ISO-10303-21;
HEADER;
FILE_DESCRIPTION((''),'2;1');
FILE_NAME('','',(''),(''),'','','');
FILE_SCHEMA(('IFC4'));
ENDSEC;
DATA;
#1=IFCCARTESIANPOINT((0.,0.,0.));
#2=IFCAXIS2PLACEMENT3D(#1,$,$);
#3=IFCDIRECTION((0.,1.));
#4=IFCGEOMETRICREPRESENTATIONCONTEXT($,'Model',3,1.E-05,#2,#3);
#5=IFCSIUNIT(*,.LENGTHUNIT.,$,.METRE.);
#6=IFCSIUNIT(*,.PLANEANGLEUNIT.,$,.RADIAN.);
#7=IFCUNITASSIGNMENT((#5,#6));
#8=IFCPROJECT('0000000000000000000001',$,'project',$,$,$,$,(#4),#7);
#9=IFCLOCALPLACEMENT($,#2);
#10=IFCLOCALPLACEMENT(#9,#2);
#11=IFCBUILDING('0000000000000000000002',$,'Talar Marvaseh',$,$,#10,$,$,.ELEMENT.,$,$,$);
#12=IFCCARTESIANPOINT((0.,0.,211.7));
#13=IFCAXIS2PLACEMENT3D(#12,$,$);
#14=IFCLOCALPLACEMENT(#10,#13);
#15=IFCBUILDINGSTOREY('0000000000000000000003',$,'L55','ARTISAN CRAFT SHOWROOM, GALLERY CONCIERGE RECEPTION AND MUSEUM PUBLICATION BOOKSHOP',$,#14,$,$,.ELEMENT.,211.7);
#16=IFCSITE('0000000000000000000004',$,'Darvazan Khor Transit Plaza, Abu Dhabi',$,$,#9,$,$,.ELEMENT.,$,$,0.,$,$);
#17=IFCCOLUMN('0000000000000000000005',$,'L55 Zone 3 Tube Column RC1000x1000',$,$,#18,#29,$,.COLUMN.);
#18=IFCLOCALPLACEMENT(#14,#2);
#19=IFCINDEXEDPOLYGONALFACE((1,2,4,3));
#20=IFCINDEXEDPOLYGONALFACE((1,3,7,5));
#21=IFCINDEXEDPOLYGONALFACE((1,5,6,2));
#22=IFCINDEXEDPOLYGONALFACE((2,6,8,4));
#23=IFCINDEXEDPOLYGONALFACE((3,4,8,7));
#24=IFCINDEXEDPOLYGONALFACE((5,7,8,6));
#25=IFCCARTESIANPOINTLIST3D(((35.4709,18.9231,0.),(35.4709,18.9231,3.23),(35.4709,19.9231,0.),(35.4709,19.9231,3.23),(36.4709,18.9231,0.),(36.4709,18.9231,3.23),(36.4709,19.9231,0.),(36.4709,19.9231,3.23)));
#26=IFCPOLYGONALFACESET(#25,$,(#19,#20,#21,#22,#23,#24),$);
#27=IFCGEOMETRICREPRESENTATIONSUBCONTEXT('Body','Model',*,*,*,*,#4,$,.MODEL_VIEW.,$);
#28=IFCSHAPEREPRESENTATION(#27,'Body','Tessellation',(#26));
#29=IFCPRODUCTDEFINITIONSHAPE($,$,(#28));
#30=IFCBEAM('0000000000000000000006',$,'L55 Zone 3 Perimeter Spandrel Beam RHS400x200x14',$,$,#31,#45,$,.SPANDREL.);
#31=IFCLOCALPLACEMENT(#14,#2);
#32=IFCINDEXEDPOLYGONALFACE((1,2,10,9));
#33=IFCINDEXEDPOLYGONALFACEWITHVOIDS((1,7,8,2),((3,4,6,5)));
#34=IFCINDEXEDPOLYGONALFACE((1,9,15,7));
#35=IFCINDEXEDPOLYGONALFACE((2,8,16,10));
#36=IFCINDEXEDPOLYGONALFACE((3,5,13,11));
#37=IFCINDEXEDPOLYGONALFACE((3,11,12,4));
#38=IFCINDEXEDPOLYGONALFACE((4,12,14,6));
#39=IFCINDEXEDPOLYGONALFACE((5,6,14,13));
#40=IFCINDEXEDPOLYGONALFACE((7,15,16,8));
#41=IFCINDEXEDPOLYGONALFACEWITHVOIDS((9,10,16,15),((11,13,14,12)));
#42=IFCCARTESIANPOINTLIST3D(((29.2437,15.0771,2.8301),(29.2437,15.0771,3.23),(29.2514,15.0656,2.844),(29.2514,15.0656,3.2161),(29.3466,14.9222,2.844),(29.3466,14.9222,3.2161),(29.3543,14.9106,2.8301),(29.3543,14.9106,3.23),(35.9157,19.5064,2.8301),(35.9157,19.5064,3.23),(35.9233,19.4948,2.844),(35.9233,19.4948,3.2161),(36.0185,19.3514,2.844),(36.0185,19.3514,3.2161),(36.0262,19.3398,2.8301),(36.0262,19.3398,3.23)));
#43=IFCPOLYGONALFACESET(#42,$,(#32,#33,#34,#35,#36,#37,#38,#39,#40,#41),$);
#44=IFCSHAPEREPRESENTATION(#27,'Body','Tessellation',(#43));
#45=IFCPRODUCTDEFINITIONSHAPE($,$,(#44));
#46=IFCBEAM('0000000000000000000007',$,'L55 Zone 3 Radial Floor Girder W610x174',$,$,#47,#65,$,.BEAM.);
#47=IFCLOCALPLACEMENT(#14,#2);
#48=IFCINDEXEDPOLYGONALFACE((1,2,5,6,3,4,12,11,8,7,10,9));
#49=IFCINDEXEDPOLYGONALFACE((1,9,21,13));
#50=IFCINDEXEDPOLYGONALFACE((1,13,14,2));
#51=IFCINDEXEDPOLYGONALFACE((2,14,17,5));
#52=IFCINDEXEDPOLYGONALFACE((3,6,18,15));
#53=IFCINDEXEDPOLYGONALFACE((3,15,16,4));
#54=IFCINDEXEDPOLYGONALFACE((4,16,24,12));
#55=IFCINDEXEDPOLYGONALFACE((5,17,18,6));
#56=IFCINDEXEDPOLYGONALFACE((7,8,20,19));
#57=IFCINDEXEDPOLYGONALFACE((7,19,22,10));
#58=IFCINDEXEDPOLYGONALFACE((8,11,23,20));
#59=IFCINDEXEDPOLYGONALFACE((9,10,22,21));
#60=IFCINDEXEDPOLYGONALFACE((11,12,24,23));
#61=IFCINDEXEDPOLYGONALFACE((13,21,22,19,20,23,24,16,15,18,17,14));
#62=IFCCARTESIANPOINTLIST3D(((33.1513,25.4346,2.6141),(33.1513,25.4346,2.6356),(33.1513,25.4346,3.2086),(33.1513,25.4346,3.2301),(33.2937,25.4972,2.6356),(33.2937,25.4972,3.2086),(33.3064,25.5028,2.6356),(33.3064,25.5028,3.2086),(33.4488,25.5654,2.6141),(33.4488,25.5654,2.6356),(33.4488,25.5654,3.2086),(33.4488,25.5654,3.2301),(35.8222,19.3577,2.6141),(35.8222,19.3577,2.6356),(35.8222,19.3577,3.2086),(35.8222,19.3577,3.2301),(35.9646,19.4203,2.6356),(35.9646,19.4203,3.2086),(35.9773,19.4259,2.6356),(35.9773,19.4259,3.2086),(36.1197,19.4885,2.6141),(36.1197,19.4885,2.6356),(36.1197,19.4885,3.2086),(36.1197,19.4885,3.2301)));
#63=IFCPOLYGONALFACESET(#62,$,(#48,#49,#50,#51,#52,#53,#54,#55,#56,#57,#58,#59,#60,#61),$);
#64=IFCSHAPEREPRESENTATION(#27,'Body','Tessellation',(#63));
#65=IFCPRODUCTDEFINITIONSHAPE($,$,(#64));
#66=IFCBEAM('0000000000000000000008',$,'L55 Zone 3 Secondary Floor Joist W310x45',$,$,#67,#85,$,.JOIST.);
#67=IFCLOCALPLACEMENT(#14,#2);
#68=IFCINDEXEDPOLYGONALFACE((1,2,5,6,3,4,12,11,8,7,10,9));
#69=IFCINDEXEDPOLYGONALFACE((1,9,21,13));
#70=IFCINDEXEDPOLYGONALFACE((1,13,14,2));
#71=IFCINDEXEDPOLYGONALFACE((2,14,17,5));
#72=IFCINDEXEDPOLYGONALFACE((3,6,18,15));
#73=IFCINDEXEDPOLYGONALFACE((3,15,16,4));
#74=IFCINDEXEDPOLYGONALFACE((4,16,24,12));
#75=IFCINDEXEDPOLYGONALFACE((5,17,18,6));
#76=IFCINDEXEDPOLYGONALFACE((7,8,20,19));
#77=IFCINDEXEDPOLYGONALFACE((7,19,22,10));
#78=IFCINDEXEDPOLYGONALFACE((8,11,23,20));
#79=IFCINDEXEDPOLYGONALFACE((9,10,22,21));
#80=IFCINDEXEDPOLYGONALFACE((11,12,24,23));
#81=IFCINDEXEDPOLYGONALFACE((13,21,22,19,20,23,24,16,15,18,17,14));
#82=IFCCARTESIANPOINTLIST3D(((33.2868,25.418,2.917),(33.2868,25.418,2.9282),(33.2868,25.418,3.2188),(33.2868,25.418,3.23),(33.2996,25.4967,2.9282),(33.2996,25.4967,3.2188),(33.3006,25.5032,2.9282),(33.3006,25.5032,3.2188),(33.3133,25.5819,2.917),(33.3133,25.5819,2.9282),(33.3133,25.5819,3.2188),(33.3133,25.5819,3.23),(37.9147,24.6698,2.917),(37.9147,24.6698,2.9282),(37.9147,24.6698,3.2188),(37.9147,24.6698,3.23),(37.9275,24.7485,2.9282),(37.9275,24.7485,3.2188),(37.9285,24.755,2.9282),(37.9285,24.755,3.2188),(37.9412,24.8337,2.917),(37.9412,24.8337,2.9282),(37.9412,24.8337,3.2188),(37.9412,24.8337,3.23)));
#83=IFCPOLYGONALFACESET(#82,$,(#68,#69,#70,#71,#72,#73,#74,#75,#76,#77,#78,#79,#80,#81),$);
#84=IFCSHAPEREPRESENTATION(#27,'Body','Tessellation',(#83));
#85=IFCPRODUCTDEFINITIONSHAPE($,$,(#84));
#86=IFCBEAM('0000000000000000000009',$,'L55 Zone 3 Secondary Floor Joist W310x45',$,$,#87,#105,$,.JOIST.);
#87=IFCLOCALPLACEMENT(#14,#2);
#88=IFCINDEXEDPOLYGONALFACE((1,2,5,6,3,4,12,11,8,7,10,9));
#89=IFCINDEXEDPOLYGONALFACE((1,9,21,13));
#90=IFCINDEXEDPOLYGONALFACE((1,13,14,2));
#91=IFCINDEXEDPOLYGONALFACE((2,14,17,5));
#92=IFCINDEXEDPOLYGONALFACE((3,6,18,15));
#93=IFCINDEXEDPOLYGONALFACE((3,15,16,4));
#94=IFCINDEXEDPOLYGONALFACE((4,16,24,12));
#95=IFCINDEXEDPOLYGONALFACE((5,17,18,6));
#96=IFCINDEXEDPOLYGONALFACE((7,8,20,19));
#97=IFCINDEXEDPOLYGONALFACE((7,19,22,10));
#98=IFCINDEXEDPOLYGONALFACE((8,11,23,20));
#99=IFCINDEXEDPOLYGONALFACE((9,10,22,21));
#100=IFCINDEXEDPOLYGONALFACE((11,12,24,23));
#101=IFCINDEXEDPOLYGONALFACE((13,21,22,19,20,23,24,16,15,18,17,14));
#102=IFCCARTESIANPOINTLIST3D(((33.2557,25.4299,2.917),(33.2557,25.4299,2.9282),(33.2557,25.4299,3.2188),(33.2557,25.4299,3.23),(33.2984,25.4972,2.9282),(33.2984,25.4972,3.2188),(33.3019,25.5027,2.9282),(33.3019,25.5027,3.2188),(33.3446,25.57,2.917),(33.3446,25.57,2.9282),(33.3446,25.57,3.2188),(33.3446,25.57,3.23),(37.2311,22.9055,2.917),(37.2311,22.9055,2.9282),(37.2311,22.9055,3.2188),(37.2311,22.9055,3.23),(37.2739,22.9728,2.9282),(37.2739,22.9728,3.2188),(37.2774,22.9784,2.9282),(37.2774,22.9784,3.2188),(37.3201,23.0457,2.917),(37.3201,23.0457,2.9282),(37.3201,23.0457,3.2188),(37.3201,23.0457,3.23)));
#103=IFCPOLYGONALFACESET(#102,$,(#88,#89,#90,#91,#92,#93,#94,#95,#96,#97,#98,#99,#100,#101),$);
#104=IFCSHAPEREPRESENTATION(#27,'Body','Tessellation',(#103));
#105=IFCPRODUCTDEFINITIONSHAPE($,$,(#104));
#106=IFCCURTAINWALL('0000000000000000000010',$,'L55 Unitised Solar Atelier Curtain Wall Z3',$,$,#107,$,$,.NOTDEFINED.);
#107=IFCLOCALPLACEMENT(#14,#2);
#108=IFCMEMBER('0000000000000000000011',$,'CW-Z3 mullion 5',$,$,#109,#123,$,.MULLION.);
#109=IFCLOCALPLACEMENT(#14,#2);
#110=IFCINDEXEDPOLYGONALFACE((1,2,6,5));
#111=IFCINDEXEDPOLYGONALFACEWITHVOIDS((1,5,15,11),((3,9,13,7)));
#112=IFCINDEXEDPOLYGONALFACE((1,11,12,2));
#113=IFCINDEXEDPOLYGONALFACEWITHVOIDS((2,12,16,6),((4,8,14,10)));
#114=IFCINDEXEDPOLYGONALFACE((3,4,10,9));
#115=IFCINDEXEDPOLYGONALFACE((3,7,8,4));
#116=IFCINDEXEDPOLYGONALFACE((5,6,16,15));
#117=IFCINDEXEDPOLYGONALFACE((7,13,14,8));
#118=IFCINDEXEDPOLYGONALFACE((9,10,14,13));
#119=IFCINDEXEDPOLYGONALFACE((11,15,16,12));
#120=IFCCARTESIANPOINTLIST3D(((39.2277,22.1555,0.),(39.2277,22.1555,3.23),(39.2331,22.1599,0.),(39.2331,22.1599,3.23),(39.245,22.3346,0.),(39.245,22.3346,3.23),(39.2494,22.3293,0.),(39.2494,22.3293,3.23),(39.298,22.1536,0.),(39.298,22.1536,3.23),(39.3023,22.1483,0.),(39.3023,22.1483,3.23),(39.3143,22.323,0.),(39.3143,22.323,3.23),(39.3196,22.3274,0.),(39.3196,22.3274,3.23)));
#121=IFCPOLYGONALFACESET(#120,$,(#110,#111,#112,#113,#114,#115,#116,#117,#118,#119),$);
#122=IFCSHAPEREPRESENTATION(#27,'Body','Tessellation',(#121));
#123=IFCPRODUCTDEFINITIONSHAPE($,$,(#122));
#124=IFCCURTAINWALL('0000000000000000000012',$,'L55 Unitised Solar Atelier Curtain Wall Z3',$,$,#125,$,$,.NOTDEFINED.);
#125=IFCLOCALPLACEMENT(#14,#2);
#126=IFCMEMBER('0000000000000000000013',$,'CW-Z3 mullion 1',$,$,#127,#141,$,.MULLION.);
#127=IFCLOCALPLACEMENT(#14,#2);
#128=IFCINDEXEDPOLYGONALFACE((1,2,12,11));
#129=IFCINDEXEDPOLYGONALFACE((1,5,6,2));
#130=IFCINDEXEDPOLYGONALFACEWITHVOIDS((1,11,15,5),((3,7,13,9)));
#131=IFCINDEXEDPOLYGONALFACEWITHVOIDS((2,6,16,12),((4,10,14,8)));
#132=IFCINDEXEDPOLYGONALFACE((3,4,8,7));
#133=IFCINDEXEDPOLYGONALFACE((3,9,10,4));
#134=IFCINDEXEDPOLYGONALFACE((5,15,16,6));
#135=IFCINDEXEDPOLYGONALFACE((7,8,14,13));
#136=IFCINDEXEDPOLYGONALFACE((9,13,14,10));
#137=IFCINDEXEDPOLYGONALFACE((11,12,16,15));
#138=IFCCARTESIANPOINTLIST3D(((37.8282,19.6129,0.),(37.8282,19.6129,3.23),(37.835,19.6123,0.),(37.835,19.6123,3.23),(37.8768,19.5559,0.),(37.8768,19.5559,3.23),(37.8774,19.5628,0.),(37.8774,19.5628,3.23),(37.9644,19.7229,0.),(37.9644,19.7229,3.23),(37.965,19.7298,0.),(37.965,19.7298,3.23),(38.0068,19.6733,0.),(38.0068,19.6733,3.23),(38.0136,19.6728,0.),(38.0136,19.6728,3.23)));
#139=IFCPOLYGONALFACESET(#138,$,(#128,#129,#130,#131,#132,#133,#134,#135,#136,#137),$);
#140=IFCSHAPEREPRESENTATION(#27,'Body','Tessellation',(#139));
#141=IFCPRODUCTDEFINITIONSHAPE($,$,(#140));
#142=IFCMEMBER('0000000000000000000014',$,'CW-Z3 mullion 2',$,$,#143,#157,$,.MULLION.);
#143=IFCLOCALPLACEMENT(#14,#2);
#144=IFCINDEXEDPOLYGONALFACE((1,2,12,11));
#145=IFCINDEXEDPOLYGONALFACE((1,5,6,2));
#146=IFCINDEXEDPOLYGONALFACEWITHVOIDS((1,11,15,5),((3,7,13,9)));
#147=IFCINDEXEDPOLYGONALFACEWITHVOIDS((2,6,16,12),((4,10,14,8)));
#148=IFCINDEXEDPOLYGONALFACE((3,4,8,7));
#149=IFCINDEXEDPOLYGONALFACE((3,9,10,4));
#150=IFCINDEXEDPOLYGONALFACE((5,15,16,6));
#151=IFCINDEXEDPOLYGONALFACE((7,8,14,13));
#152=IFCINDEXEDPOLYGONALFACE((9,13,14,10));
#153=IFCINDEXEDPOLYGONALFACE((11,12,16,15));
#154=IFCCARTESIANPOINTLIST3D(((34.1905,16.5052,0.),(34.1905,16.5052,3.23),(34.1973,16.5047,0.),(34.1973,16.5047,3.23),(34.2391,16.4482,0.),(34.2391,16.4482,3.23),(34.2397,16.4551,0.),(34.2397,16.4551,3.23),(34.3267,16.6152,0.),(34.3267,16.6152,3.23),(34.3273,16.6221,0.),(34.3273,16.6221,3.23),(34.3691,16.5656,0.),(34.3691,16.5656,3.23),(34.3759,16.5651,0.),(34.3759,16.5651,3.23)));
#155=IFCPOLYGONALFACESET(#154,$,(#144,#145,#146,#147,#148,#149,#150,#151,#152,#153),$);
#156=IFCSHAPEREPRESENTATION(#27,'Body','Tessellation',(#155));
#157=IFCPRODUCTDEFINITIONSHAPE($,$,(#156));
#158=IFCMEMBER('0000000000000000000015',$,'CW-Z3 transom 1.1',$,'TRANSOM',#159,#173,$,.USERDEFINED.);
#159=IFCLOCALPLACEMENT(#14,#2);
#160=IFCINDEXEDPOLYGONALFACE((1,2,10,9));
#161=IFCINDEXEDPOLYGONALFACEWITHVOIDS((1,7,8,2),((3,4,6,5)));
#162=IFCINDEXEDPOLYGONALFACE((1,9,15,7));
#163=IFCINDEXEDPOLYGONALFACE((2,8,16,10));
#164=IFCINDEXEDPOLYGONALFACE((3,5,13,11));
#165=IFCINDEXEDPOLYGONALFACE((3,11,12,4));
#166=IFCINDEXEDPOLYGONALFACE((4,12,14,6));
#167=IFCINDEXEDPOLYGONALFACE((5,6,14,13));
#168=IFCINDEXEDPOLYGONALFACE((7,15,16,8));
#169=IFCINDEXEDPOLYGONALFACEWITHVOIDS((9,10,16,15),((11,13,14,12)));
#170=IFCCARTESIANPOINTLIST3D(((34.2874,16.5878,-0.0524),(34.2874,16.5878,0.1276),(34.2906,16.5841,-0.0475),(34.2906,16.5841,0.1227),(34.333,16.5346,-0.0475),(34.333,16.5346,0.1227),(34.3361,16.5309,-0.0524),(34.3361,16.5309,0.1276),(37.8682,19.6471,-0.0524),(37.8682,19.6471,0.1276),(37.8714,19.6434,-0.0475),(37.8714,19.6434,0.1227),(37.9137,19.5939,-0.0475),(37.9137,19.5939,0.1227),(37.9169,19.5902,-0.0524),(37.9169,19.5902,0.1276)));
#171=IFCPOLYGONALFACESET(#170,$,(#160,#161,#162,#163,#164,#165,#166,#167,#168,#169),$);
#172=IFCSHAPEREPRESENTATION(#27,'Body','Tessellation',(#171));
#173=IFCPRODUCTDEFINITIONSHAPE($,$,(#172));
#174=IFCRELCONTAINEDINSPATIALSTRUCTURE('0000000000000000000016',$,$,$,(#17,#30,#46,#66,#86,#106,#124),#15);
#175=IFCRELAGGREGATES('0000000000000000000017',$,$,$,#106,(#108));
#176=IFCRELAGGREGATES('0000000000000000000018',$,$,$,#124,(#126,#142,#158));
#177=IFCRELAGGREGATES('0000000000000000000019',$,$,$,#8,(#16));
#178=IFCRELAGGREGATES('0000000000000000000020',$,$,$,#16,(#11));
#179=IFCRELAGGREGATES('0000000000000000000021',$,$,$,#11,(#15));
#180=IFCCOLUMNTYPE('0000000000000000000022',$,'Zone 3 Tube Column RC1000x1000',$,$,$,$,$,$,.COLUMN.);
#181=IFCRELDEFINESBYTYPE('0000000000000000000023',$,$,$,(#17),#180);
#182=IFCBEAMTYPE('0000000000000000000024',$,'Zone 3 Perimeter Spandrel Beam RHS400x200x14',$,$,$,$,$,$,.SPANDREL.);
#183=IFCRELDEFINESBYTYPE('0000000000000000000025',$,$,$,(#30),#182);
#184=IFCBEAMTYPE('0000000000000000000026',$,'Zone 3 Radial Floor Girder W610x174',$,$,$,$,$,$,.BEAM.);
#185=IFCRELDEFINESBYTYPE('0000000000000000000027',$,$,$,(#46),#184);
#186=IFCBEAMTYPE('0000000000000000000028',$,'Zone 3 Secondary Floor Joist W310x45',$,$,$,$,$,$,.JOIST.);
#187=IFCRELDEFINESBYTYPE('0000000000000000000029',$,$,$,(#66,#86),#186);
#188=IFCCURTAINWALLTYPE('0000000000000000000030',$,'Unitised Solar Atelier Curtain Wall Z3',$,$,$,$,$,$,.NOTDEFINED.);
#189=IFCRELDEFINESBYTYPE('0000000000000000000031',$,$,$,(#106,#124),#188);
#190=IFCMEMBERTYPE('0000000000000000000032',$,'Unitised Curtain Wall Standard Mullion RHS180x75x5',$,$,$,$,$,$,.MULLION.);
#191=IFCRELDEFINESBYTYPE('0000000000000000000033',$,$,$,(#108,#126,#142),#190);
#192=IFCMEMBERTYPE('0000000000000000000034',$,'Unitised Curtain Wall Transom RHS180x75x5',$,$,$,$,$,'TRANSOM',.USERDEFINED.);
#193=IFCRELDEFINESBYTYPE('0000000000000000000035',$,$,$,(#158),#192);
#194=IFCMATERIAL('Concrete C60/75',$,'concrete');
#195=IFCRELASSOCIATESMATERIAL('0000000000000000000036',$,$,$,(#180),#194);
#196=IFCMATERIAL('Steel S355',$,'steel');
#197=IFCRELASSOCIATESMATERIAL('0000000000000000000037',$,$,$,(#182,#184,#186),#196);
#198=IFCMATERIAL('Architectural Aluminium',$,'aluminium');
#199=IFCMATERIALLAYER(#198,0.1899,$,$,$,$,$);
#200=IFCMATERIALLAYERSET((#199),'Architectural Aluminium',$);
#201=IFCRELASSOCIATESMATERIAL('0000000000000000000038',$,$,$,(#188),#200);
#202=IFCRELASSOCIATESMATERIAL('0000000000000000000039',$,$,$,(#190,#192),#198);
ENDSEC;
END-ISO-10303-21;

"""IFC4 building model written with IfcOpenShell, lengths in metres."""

from ifc_helpers import new_model, si_unit, direction, frame, origin, origin_2d, place, context, subcontext, project, spatial, rectangle, hollow_rectangle, i_section, extrude, source, transform, mapped, material, layer, layer_set, material_profile, profile_set, type_object, type_shapes, element, aggregate, save


model = new_model("IFC4")

# Units and contexts
model_context = context("Model", 3, precision=1e-05, world=origin(), true_north=direction((0.0, 1.0)))
body_context = subcontext(model_context, "Body", "Model", "MODEL_VIEW")
ifc_project = project(units=[si_unit("LENGTHUNIT", "METRE"), si_unit("PLANEANGLEUNIT", "RADIAN")], contexts=[model_context])

# Site, building, storey
site_placement = place(None, origin())
site = spatial("IfcSite", under=ifc_project, at=site_placement, Name="Darvazan Khor Transit Plaza, Abu Dhabi", CompositionType="ELEMENT", RefElevation=0.0)
building_placement = place(site_placement, origin())
building = spatial("IfcBuilding", under=site, at=building_placement, Name="Talar Marvaseh", CompositionType="ELEMENT")
storey_placement = place(building_placement, frame((0.0, 0.0, 211.7)))
storey = spatial("IfcBuildingStorey", under=building, at=storey_placement, Name="L55", Description="ARTISAN CRAFT SHOWROOM, GALLERY CONCIERGE RECEPTION AND MUSEUM PUBLICATION BOOKSHOP", CompositionType="ELEMENT", Elevation=211.7)

# Column
ifc_material_1 = material(Name="Concrete C60/75", Category="concrete")
ifc_material_profile_1 = material_profile(ifc_material_1, rectangle(XDim=1.0, YDim=1.0, at=origin_2d()), Name="RC1000x1000")
ifc_profile_set_1 = profile_set([ifc_material_profile_1], Name="Concrete C60/75")
column_type = type_object("IfcColumnType", Name="Zone 3 Tube Column RC1000x1000", PredefinedType="COLUMN", material=ifc_profile_set_1)
column_placement = place(storey_placement, frame((35.9709, 19.4231, 0.0), z_axis=(0.0, 0.0, 1.0), x_axis=(1.0, 0.0, 0.0)))
element("IfcColumn", 1, at=column_placement, inside=storey, type_object=column_type, Name="L55 Zone 3 Tube Column RC1000x1000", PredefinedType="COLUMN", context=body_context, shape_type="SweptSolid", body=[
    extrude(rectangle(XDim=1.0, YDim=1.0, at=origin_2d()), origin(), (0.0, 0.0, 1.0), 3.23),
])

# Beams
ifc_material_2 = material(Name="Steel S355", Category="steel")
ifc_material_profile_2 = material_profile(ifc_material_2, hollow_rectangle(XDim=0.2, YDim=0.3999, WallThickness=0.0139, at=origin_2d()), Name="RHS400x200x14")
ifc_profile_set_2 = profile_set([ifc_material_profile_2], Name="Steel S355")
beam_type_1 = type_object("IfcBeamType", Name="Zone 3 Perimeter Spandrel Beam RHS400x200x14", PredefinedType="SPANDREL", material=ifc_profile_set_2)
beam_1_placement = place(storey_placement, frame((35.9709, 19.4231, 3.03), z_axis=(-0.833127, -0.553081, 0.0), x_axis=(0.553081, -0.833127, 0.0)))
element("IfcBeam", 2, at=beam_1_placement, inside=storey, type_object=beam_type_1, Name="L55 Zone 3 Perimeter Spandrel Beam RHS400x200x14", PredefinedType="SPANDREL", context=body_context, shape_type="SweptSolid", body=[
    extrude(hollow_rectangle(XDim=0.2, YDim=0.3999, WallThickness=0.0139, at=origin_2d()), origin(), (0.0, 0.0, 1.0), 8.0083),
])
ifc_material_profile_3 = material_profile(ifc_material_2, i_section(OverallWidth=0.325, OverallDepth=0.616, WebThickness=0.0139, FlangeThickness=0.0215, at=origin_2d()), Name="W610x174")
ifc_profile_set_3 = profile_set([ifc_material_profile_3], Name="Steel S355")
beam_type_2 = type_object("IfcBeamType", Name="Zone 3 Radial Floor Girder W610x174", PredefinedType="BEAM", material=ifc_profile_set_3)
beam_2_placement = place(storey_placement, frame((35.9709, 19.4231, 2.9221), z_axis=(-0.402368, 0.915478, 0.0), x_axis=(-0.915478, -0.402368, 0.0)))
element("IfcBeam", 3, at=beam_2_placement, inside=storey, type_object=beam_type_2, Name="L55 Zone 3 Radial Floor Girder W610x174", PredefinedType="BEAM", context=body_context, shape_type="SweptSolid", body=[
    extrude(i_section(OverallWidth=0.325, OverallDepth=0.616, WebThickness=0.0139, FlangeThickness=0.0215, at=origin_2d()), origin(), (0.0, 0.0, 1.0), 6.6379),
])
ifc_material_profile_4 = material_profile(ifc_material_2, i_section(OverallWidth=0.166, OverallDepth=0.313, WebThickness=0.0066, FlangeThickness=0.0112, at=origin_2d()), Name="W310x45")
ifc_profile_set_4 = profile_set([ifc_material_profile_4], Name="Steel S355")
beam_type_3 = type_object("IfcBeamType", Name="Zone 3 Secondary Floor Joist W310x45", PredefinedType="JOIST", material=ifc_profile_set_4)
beam_3_placement = place(storey_placement, frame((37.928, 24.7517, 3.0735), z_axis=(-0.987179, 0.159617, 0.0), x_axis=(-0.159617, -0.987179, 0.0)))
element("IfcBeam", 4, at=beam_3_placement, inside=storey, type_object=beam_type_3, Name="L55 Zone 3 Secondary Floor Joist W310x45", PredefinedType="JOIST", context=body_context, shape_type="SweptSolid", body=[
    extrude(i_section(OverallWidth=0.166, OverallDepth=0.313, WebThickness=0.0066, FlangeThickness=0.0112, at=origin_2d()), origin(), (0.0, 0.0, 1.0), 4.688),
])
beam_4_placement = place(storey_placement, frame((37.2756, 22.9756, 3.0735), z_axis=(-0.84419, 0.536043, 0.0), x_axis=(-0.536043, -0.84419, 0.0)))
element("IfcBeam", 5, at=beam_4_placement, inside=storey, type_object=beam_type_3, Name="L55 Zone 3 Secondary Floor Joist W310x45", PredefinedType="JOIST", context=body_context, shape_type="SweptSolid", body=[
    extrude(i_section(OverallWidth=0.166, OverallDepth=0.313, WebThickness=0.0066, FlangeThickness=0.0112, at=origin_2d()), origin(), (0.0, 0.0, 1.0), 4.7092),
])

# Curtain wall, member
ifc_material_3 = material(Name="Architectural Aluminium", Category="aluminium")
ifc_layer_1 = layer(ifc_material_3, 0.1899)
ifc_layer_set_1 = layer_set([ifc_layer_1], Name="Architectural Aluminium")
curtain_wall_type = type_object("IfcCurtainWallType", Name="Unitised Solar Atelier Curtain Wall Z3", PredefinedType="NOTDEFINED", material=ifc_layer_set_1)
curtain_wall_1_placement = place(storey_placement, origin())
curtain_wall_1 = element("IfcCurtainWall", 6, at=curtain_wall_1_placement, inside=storey, type_object=curtain_wall_type, Name="L55 Unitised Solar Atelier Curtain Wall Z3", PredefinedType="NOTDEFINED")
ifc_material_profile_5 = material_profile(ifc_material_3, hollow_rectangle(XDim=0.075, YDim=0.1799, WallThickness=0.0049, at=origin_2d()), Name="RHS180x75x5")
ifc_profile_set_5 = profile_set([ifc_material_profile_5], Name="Architectural Aluminium")
member_type_1 = type_object("IfcMemberType", Name="Unitised Curtain Wall Standard Mullion RHS180x75x5", PredefinedType="MULLION", material=ifc_profile_set_5)
shared_shape_1 = source(origin(), body_context, "Body", "SweptSolid", [
    extrude(hollow_rectangle(XDim=0.075, YDim=0.1799, WallThickness=0.0049, at=origin_2d()), origin(), (0.0, 0.0, 1.0), 3.23),
])
type_shapes(member_type_1, [shared_shape_1])
member_1_placement = place(storey_placement, frame((39.2737, 22.2415, 0.0), z_axis=(0.0, 0.0, 1.0), x_axis=(0.995382, -0.095997, 0.0)))
member_1 = element("IfcMember", 7, at=member_1_placement, type_object=member_type_1, Name="CW-Z3 mullion 5", PredefinedType="MULLION", context=body_context, shape_type="MappedRepresentation", body=[
    mapped(shared_shape_1, transform((0.0, 0.0, 0.0), x_axis=(1.0, 0.0, 0.0), y_axis=(0.0, 1.0, 0.0), z_axis=(0.0, 0.0, 1.0), scale=1.0)),
])

# Curtain wall, members
curtain_wall_2_placement = place(storey_placement, origin())
curtain_wall_2 = element("IfcCurtainWall", 8, at=curtain_wall_2_placement, inside=storey, type_object=curtain_wall_type, Name="L55 Unitised Solar Atelier Curtain Wall Z3", PredefinedType="NOTDEFINED")
member_2_placement = place(storey_placement, frame((37.9209, 19.6428, 0.0), z_axis=(0.0, 0.0, 1.0), x_axis=(0.649565, -0.760306, 0.0)))
member_2 = element("IfcMember", 9, at=member_2_placement, type_object=member_type_1, Name="CW-Z3 mullion 1", PredefinedType="MULLION", context=body_context, shape_type="MappedRepresentation", body=[
    mapped(shared_shape_1, transform((0.0, 0.0, 0.0), x_axis=(1.0, 0.0, 0.0), y_axis=(0.0, 1.0, 0.0), z_axis=(0.0, 0.0, 1.0), scale=1.0)),
])
member_3_placement = place(storey_placement, frame((34.2832, 16.5352, 0.0), z_axis=(0.0, 0.0, 1.0), x_axis=(0.649565, -0.760306, 0.0)))
member_3 = element("IfcMember", 10, at=member_3_placement, type_object=member_type_1, Name="CW-Z3 mullion 2", PredefinedType="MULLION", context=body_context, shape_type="MappedRepresentation", body=[
    mapped(shared_shape_1, transform((0.0, 0.0, 0.0), x_axis=(1.0, 0.0, 0.0), y_axis=(0.0, 1.0, 0.0), z_axis=(0.0, 0.0, 1.0), scale=1.0)),
])
ifc_material_profile_6 = material_profile(ifc_material_3, hollow_rectangle(XDim=0.075, YDim=0.1799, WallThickness=0.0049, at=origin_2d()), Name="RHS180x75x5")
ifc_profile_set_6 = profile_set([ifc_material_profile_6], Name="Architectural Aluminium")
member_type_2 = type_object("IfcMemberType", Name="Unitised Curtain Wall Transom RHS180x75x5", ElementType="TRANSOM", PredefinedType="USERDEFINED", material=ifc_profile_set_6)
shared_shape_2 = source(origin(), body_context, "Body", "SweptSolid", [
    extrude(hollow_rectangle(XDim=0.075, YDim=0.1799, WallThickness=0.0049, at=origin_2d()), origin(), (0.0, 0.0, 1.0), 4.7097),
])
type_shapes(member_type_2, [shared_shape_2])
member_4_placement = place(storey_placement, frame((37.8926, 19.6187, 0.0376), z_axis=(-0.760298, -0.649574, 0.0), x_axis=(0.649574, -0.760298, 0.0)))
member_4 = element("IfcMember", 11, at=member_4_placement, type_object=member_type_2, Name="CW-Z3 transom 1.1", ObjectType="TRANSOM", PredefinedType="USERDEFINED", context=body_context, shape_type="MappedRepresentation", body=[
    mapped(shared_shape_2, transform((0.0, 0.0, 0.0), x_axis=(1.0, 0.0, 0.0), y_axis=(0.0, 1.0, 0.0), z_axis=(0.0, 0.0, 1.0), scale=1.0)),
])

aggregate(curtain_wall_1, [member_1])
aggregate(curtain_wall_2, [member_2, member_3, member_4])

save(model, "model.ifc")
